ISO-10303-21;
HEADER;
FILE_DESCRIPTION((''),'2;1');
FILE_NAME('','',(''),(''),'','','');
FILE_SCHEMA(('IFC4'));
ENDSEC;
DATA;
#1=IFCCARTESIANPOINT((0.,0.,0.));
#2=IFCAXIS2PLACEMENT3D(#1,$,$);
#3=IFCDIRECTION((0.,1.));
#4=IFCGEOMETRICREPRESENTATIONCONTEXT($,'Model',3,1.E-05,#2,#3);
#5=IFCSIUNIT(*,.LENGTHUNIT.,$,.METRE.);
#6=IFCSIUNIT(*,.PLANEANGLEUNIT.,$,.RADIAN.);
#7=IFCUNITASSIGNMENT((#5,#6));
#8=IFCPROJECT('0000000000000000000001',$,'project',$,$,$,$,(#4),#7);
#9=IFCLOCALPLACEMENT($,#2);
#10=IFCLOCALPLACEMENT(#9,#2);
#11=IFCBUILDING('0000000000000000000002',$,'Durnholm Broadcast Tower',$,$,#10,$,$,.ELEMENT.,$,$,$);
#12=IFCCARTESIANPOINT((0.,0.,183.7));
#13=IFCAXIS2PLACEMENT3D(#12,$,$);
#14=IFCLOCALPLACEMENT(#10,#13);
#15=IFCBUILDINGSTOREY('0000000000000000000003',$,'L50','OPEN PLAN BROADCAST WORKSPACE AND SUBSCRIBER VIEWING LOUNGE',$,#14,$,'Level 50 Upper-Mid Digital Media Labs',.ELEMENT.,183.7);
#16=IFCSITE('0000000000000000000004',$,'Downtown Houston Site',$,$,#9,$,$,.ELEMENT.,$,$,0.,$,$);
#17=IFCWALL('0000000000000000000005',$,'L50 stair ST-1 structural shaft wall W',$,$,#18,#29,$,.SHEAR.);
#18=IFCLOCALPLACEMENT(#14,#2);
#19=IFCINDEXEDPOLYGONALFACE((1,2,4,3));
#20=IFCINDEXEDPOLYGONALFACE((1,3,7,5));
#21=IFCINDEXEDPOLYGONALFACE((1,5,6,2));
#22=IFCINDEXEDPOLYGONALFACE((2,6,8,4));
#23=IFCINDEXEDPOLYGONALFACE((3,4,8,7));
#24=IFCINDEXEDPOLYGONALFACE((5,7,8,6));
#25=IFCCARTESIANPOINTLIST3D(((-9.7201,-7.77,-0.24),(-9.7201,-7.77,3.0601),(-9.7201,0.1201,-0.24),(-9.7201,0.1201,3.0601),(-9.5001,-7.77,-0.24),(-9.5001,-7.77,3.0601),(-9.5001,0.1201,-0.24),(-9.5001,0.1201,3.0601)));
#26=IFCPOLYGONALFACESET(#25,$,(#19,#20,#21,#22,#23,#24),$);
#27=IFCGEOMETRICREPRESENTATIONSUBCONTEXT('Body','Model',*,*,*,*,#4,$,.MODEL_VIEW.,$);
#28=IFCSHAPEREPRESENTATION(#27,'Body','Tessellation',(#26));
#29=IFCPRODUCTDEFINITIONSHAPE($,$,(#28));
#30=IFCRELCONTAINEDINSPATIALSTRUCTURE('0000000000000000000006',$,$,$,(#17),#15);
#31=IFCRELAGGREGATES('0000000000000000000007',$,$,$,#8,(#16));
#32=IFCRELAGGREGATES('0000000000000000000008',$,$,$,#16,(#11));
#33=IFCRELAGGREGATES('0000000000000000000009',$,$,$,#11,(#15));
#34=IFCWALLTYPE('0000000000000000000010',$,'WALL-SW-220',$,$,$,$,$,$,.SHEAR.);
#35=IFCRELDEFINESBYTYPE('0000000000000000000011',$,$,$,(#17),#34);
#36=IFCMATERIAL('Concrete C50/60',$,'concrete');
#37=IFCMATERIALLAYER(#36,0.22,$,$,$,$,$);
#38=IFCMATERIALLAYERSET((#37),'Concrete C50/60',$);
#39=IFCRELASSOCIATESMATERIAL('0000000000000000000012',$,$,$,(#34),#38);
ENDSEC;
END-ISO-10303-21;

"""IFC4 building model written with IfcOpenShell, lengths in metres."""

from ifc_helpers import new_model, si_unit, direction, frame, frame_2d, origin, place, context, subcontext, project, spatial, rectangle, extrude, material, layer, layer_set, type_object, element, save


model = new_model("IFC4")

# Units and contexts
model_context = context("Model", 3, precision=1e-05, world=origin(), true_north=direction((0.0, 1.0)))
body_context = subcontext(model_context, "Body", "Model", "MODEL_VIEW")
ifc_project = project(units=[si_unit("LENGTHUNIT", "METRE"), si_unit("PLANEANGLEUNIT", "RADIAN")], contexts=[model_context])

# Site, building, storey
site_placement = place(None, origin())
site = spatial("IfcSite", under=ifc_project, at=site_placement, Name="Downtown Houston Site", CompositionType="ELEMENT", RefElevation=0.0)
building_placement = place(site_placement, origin())
building = spatial("IfcBuilding", under=site, at=building_placement, Name="Durnholm Broadcast Tower", CompositionType="ELEMENT")
storey_placement = place(building_placement, frame((0.0, 0.0, 183.7)))
storey = spatial("IfcBuildingStorey", under=building, at=storey_placement, Name="L50", Description="OPEN PLAN BROADCAST WORKSPACE AND SUBSCRIBER VIEWING LOUNGE", LongName="Level 50 Upper-Mid Digital Media Labs", CompositionType="ELEMENT", Elevation=183.7)

# Wall
ifc_material_1 = material(Name="Concrete C50/60", Category="concrete")
ifc_layer_1 = layer(ifc_material_1, 0.22)
ifc_layer_set_1 = layer_set([ifc_layer_1], Name="Concrete C50/60")
wall_type_1 = type_object("IfcWallType", Name="WALL-SW-220", PredefinedType="SHEAR", material=ifc_layer_set_1)
wall_1_placement = place(storey_placement, frame((-9.6101, 0.1201, -0.24), z_axis=(0.0, 0.0, 1.0), x_axis=(0.0, -1.0, 0.0)))
element("IfcWall", 1, at=wall_1_placement, inside=storey, type_object=wall_type_1, Name="L50 stair ST-1 structural shaft wall W", PredefinedType="SHEAR", context=body_context, shape_type="SweptSolid", body=[
    extrude(rectangle(XDim=7.8901, YDim=0.22, at=frame_2d((3.9451, 0.0))), origin(), (0.0, 0.0, 1.0), 3.3),
])

save(model, "model.ifc")
